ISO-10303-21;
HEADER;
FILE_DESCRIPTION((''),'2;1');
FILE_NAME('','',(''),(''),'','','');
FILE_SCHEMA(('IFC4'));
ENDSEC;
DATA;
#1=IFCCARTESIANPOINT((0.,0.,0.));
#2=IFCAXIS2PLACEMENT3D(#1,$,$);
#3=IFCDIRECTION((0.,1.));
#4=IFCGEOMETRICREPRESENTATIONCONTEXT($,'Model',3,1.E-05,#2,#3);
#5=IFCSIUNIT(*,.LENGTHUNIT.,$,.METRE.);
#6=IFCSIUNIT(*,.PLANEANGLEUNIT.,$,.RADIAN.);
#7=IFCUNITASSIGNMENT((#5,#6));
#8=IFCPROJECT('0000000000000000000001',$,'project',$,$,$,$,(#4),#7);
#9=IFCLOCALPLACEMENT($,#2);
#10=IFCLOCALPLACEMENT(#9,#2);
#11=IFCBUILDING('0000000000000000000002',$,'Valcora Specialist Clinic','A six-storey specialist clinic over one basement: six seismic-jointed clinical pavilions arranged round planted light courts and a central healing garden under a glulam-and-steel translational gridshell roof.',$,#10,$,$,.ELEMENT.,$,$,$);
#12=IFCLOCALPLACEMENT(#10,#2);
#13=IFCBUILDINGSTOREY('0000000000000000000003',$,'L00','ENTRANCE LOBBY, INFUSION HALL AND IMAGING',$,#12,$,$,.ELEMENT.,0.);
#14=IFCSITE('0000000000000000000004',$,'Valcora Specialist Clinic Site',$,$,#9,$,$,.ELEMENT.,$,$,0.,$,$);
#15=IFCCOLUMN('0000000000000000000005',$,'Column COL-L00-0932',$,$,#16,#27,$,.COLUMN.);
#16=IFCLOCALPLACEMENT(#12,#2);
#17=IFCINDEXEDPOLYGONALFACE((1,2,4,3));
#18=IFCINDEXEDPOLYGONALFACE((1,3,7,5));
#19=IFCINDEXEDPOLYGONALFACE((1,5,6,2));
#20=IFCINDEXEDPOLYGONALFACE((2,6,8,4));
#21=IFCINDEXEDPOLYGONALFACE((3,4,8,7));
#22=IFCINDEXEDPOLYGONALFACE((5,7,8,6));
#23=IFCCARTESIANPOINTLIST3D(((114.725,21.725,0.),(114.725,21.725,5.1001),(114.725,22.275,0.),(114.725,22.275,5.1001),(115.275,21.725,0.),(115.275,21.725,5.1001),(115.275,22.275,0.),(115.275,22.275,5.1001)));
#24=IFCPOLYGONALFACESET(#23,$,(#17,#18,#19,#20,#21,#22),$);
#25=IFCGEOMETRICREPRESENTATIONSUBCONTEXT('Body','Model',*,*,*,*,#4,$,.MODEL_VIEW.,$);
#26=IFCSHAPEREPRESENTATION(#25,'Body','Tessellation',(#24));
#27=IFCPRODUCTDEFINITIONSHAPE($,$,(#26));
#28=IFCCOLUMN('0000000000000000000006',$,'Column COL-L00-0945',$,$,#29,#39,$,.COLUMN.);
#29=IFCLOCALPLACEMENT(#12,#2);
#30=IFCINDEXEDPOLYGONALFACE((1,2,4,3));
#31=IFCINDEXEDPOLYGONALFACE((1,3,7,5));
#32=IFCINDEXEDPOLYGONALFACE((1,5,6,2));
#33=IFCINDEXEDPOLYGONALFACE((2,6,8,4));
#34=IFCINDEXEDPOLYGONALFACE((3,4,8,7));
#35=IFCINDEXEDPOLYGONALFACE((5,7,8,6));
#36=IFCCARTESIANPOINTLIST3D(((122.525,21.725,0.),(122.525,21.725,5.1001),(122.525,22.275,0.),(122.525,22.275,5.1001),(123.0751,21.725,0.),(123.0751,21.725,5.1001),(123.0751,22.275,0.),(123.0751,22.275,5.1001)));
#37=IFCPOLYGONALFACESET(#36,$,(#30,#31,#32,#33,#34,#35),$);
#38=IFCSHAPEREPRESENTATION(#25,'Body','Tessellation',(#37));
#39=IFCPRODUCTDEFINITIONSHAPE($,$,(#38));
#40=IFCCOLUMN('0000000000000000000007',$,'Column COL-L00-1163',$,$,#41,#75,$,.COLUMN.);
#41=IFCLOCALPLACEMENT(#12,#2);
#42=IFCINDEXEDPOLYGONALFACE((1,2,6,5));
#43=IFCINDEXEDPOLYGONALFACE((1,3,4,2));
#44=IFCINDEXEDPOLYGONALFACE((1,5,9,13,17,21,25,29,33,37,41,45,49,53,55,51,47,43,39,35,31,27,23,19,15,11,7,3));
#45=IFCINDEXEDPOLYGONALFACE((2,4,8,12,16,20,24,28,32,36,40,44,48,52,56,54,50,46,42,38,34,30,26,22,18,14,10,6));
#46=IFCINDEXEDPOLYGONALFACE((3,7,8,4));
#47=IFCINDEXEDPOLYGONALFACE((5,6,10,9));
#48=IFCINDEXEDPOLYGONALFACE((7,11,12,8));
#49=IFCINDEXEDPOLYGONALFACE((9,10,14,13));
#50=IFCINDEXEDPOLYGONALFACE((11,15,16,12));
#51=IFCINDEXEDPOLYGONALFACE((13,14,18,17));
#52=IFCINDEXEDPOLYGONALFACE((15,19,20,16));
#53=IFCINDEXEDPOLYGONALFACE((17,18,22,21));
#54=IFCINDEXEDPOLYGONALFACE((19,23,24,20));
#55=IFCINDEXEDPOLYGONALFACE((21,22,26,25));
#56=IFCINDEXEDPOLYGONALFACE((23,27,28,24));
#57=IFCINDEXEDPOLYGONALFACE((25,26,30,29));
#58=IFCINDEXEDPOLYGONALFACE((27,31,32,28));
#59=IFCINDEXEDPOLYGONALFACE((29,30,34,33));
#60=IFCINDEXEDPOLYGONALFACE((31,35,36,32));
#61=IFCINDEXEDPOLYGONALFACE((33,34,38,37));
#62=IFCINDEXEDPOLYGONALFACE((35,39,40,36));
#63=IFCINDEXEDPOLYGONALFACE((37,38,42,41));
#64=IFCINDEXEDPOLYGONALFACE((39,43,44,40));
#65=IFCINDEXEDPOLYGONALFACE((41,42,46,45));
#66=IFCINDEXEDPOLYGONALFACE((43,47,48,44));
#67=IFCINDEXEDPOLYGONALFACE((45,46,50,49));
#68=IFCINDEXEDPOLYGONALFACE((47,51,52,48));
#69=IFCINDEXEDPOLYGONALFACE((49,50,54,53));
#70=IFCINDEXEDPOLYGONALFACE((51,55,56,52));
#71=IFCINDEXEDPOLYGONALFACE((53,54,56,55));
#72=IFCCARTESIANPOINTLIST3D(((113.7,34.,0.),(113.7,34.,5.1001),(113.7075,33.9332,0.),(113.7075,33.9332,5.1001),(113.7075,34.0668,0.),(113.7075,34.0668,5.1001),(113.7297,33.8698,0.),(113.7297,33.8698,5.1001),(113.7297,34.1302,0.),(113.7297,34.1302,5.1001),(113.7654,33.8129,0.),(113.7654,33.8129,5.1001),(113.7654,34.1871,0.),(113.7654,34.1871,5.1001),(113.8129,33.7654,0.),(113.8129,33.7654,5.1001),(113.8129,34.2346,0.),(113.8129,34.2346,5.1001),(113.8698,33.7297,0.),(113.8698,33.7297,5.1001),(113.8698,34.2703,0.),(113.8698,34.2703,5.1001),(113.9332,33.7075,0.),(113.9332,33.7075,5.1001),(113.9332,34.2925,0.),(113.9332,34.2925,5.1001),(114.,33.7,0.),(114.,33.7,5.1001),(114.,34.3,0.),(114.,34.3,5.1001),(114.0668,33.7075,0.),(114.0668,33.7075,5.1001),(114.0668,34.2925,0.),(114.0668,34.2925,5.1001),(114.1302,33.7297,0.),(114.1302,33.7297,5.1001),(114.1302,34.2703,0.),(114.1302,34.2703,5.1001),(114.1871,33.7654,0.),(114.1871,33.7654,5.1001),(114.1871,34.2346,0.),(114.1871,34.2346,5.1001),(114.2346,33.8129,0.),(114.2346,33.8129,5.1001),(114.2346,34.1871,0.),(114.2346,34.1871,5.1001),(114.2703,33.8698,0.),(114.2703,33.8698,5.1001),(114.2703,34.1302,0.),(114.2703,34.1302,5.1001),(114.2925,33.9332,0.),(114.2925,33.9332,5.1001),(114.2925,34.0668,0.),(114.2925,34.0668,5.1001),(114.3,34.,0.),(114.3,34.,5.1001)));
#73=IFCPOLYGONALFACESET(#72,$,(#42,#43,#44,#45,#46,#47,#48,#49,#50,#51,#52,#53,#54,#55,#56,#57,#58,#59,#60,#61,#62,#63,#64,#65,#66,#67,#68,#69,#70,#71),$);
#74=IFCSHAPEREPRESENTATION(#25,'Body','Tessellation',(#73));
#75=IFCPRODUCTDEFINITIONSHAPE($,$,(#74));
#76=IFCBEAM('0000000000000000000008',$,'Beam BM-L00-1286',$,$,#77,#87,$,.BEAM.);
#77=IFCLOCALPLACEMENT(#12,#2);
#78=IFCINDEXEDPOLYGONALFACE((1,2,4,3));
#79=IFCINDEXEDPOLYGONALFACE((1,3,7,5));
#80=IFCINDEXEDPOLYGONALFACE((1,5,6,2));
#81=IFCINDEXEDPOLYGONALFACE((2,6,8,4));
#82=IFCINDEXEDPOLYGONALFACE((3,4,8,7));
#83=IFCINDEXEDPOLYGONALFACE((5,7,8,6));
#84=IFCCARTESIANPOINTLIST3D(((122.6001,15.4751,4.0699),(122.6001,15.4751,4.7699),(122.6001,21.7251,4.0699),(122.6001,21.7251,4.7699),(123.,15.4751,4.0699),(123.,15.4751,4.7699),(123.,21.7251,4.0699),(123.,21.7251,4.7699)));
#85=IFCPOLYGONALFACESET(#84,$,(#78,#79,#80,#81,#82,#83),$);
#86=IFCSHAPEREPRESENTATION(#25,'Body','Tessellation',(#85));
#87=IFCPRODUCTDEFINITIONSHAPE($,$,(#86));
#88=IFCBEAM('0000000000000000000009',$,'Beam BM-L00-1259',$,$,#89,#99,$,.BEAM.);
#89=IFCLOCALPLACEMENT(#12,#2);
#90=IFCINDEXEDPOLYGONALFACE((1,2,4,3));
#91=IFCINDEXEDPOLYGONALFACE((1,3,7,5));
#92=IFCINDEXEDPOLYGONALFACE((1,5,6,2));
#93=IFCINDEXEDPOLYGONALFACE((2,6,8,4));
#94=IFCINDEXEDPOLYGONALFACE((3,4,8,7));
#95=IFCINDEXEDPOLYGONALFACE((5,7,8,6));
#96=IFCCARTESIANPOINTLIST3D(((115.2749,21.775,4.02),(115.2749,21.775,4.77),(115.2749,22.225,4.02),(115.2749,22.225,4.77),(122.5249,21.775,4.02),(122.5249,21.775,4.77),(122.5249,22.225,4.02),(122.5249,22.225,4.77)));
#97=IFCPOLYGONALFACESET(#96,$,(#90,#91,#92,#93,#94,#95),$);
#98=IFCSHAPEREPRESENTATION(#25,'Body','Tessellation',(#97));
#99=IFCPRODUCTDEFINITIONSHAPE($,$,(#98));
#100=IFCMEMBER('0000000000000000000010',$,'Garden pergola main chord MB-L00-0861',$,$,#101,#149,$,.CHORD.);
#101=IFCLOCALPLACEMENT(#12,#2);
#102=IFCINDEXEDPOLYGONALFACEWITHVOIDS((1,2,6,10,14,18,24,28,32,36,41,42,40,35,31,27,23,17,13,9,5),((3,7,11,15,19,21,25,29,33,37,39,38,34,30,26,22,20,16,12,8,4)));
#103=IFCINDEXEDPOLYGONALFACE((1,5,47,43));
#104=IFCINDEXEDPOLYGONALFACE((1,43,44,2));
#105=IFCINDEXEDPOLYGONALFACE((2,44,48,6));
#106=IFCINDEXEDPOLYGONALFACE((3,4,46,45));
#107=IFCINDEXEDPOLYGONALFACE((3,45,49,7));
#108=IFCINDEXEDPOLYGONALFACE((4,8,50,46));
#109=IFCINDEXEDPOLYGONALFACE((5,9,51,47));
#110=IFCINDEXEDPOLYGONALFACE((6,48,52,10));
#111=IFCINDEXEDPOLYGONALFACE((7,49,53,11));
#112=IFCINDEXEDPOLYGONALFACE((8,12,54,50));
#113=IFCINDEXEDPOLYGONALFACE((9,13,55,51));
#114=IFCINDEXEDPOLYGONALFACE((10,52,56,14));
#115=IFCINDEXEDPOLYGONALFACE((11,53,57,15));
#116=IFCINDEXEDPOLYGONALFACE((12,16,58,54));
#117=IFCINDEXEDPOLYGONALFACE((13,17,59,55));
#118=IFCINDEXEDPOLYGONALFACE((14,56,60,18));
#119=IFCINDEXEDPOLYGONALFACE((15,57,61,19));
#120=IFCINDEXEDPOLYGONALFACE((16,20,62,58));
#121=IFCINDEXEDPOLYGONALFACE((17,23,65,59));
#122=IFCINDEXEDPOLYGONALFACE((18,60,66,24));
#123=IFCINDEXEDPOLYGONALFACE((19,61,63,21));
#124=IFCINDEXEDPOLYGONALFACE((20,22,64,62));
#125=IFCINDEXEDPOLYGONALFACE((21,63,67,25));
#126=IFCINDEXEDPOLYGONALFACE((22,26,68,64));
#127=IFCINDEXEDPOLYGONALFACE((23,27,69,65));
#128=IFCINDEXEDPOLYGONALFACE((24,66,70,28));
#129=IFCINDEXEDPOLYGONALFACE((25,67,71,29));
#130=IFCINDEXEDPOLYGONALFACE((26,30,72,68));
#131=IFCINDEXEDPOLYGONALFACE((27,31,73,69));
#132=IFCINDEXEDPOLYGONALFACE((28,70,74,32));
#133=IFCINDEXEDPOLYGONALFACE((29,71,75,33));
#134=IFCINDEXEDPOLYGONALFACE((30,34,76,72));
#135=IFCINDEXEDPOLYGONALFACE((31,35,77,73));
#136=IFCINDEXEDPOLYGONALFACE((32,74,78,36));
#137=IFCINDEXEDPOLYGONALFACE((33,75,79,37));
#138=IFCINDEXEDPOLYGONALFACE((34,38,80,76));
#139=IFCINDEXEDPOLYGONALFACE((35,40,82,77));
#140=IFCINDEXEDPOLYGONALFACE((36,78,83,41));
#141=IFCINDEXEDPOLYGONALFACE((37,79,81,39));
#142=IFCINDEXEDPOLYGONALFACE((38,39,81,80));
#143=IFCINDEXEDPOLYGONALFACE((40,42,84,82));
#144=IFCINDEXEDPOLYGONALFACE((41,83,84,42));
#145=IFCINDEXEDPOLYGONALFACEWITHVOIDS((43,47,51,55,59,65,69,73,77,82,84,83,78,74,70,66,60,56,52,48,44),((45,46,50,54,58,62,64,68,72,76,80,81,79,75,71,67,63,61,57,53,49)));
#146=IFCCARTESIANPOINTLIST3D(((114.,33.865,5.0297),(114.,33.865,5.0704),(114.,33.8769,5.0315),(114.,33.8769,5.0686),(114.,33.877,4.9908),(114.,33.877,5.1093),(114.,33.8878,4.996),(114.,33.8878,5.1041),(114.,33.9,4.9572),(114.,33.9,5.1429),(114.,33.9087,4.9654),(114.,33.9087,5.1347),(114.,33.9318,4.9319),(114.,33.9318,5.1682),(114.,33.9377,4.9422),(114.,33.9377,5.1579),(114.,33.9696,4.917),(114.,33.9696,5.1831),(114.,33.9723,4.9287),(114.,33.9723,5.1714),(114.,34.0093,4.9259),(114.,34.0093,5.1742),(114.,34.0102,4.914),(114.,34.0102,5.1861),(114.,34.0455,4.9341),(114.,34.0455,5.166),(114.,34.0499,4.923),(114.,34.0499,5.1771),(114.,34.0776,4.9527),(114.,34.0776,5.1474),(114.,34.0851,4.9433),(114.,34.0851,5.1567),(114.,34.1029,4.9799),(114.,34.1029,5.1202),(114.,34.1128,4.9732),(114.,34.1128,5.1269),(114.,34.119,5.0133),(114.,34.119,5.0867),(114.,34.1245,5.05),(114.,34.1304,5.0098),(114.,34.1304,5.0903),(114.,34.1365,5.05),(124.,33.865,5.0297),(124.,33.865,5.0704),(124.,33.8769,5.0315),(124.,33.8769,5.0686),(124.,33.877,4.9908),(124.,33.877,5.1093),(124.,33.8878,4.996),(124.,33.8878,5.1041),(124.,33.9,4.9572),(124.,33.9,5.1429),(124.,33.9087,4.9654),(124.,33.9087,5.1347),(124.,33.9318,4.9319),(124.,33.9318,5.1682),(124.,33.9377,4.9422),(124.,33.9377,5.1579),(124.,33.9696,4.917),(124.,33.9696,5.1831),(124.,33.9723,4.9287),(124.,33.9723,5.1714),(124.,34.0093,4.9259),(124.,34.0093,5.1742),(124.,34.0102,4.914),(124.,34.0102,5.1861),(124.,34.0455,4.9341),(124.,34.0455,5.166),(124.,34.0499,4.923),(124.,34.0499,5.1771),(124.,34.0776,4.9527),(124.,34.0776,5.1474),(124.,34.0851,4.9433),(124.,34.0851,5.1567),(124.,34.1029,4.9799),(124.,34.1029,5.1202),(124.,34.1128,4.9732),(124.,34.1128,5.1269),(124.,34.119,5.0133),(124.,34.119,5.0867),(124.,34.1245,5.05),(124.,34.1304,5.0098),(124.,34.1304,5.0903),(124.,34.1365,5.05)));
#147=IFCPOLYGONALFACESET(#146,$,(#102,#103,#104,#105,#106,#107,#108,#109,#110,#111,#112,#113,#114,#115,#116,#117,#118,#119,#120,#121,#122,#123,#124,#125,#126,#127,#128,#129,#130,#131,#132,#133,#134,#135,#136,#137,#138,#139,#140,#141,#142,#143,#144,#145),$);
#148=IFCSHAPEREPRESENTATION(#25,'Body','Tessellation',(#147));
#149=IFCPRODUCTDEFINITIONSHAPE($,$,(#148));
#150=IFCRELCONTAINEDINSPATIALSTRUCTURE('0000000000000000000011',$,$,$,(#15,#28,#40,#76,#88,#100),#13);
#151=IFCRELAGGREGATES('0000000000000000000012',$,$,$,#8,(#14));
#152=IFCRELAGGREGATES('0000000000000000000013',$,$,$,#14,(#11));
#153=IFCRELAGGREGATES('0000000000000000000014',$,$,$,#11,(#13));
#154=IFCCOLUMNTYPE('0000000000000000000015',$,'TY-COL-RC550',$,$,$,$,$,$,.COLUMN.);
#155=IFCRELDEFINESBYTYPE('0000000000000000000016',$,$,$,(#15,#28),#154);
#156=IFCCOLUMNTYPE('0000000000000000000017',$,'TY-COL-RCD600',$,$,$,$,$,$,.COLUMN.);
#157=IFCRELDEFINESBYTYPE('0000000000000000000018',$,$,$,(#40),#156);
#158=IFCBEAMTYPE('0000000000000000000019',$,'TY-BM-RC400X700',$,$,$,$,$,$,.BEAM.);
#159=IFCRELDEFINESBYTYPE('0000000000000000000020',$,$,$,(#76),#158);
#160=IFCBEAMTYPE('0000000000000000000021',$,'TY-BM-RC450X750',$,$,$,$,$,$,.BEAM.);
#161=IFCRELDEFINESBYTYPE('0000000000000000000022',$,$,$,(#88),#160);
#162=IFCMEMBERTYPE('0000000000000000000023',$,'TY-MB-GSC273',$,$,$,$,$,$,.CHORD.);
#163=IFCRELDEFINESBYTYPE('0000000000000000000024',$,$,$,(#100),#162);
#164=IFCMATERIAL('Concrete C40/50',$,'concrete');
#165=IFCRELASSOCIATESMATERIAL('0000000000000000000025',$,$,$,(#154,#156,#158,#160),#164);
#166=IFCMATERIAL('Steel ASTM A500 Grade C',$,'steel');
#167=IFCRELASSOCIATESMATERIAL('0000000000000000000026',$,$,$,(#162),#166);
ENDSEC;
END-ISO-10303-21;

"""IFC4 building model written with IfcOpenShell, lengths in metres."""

from ifc_helpers import new_model, si_unit, direction, frame, origin, origin_2d, place, context, subcontext, project, spatial, rectangle, circle, hollow_circle, extrude, material, material_profile, profile_set, type_object, element, save


model = new_model("IFC4")

# Units and contexts
model_context = context("Model", 3, precision=1e-05, world=origin(), true_north=direction((0.0, 1.0)))
body_context = subcontext(model_context, "Body", "Model", "MODEL_VIEW")
ifc_project = project(units=[si_unit("LENGTHUNIT", "METRE"), si_unit("PLANEANGLEUNIT", "RADIAN")], contexts=[model_context])

# Site, building, storey
site_placement = place(None, origin())
site = spatial("IfcSite", under=ifc_project, at=site_placement, Name="Valcora Specialist Clinic Site", CompositionType="ELEMENT", RefElevation=0.0)
building_placement = place(site_placement, origin())
building = spatial("IfcBuilding", under=site, at=building_placement, Name="Valcora Specialist Clinic", Description="A six-storey specialist clinic over one basement: six seismic-jointed clinical pavilions arranged round planted light courts and a central healing garden under a glulam-and-steel translational gridshell roof.", CompositionType="ELEMENT")
storey_placement = place(building_placement, origin())
storey = spatial("IfcBuildingStorey", under=building, at=storey_placement, Name="L00", Description="ENTRANCE LOBBY, INFUSION HALL AND IMAGING", CompositionType="ELEMENT", Elevation=0.0)

# Columns
ifc_material_1 = material(Name="Concrete C40/50", Category="concrete")
ifc_material_profile_1 = material_profile(ifc_material_1, rectangle(XDim=0.55, YDim=0.55, at=origin_2d()), Name="RC-COL-550X550")
ifc_profile_set_1 = profile_set([ifc_material_profile_1], Name="Concrete C40/50")
column_type_1 = type_object("IfcColumnType", Name="TY-COL-RC550", PredefinedType="COLUMN", material=ifc_profile_set_1)
for number, where, z_axis, x_axis, name in (
    (1, (115.0, 22.0, 0.0), (0.0, 0.0, 1.0), (1.0, 0.0, 0.0), "Column COL-L00-0932"),
    (2, (122.8, 22.0, 0.0), (0.0, 0.0, 1.0), (1.0, 0.0, 0.0), "Column COL-L00-0945"),
):
    element("IfcColumn", number, at=place(storey_placement, frame(where, z_axis=z_axis, x_axis=x_axis)), inside=storey, type_object=column_type_1, Name=name, PredefinedType="COLUMN", context=body_context, shape_type="SweptSolid", body=[
        extrude(rectangle(XDim=0.55, YDim=0.55, at=origin_2d()), origin(), (0.0, 0.0, 1.0), 5.1001),
    ])
ifc_material_profile_2 = material_profile(ifc_material_1, circle(Radius=0.3, at=origin_2d()), Name="RC-COL-D600")
ifc_profile_set_2 = profile_set([ifc_material_profile_2], Name="Concrete C40/50")
column_type_2 = type_object("IfcColumnType", Name="TY-COL-RCD600", PredefinedType="COLUMN", material=ifc_profile_set_2)
column_placement = place(storey_placement, frame((114.0, 34.0, 0.0), z_axis=(0.0, 0.0, 1.0), x_axis=(1.0, 0.0, 0.0)))
element("IfcColumn", 3, at=column_placement, inside=storey, type_object=column_type_2, Name="Column COL-L00-1163", PredefinedType="COLUMN", context=body_context, shape_type="SweptSolid", body=[
    extrude(circle(Radius=0.3, at=origin_2d()), origin(), (0.0, 0.0, 1.0), 5.1001),
])

# Beams
ifc_material_profile_3 = material_profile(ifc_material_1, rectangle(XDim=0.3999, YDim=0.7, at=origin_2d()), Name="RC-BM-400X700")
ifc_profile_set_3 = profile_set([ifc_material_profile_3], Name="Concrete C40/50")
beam_type_1 = type_object("IfcBeamType", Name="TY-BM-RC400X700", PredefinedType="BEAM", material=ifc_profile_set_3)
beam_1_placement = place(storey_placement, frame((122.8, 15.4751, 4.4199), z_axis=(0.0, 1.0, 0.0), x_axis=(-1.0, 0.0, 0.0)))
element("IfcBeam", 4, at=beam_1_placement, inside=storey, type_object=beam_type_1, Name="Beam BM-L00-1286", PredefinedType="BEAM", context=body_context, shape_type="SweptSolid", body=[
    extrude(rectangle(XDim=0.3999, YDim=0.7, at=origin_2d()), origin(), (0.0, 0.0, 1.0), 6.25),
])
ifc_material_profile_4 = material_profile(ifc_material_1, rectangle(XDim=0.45, YDim=0.75, at=origin_2d()), Name="RC-BM-450X750")
ifc_profile_set_4 = profile_set([ifc_material_profile_4], Name="Concrete C40/50")
beam_type_2 = type_object("IfcBeamType", Name="TY-BM-RC450X750", PredefinedType="BEAM", material=ifc_profile_set_4)
beam_2_placement = place(storey_placement, frame((115.2749, 22.0, 4.395), z_axis=(1.0, 0.0, 0.0), x_axis=(0.0, 1.0, 0.0)))
element("IfcBeam", 5, at=beam_2_placement, inside=storey, type_object=beam_type_2, Name="Beam BM-L00-1259", PredefinedType="BEAM", context=body_context, shape_type="SweptSolid", body=[
    extrude(rectangle(XDim=0.45, YDim=0.75, at=origin_2d()), origin(), (0.0, 0.0, 1.0), 7.25),
])

# Member
ifc_material_2 = material(Name="Steel ASTM A500 Grade C", Category="steel")
ifc_material_profile_5 = material_profile(ifc_material_2, hollow_circle(Radius=0.1365, WallThickness=0.012, at=origin_2d()), Name="ST-CHS-273X12")
ifc_profile_set_5 = profile_set([ifc_material_profile_5], Name="Steel ASTM A500 Grade C")
member_type_1 = type_object("IfcMemberType", Name="TY-MB-GSC273", PredefinedType="CHORD", material=ifc_profile_set_5)
member_1_placement = place(storey_placement, frame((114.0, 34.0, 5.05), z_axis=(1.0, 0.0, 0.0), x_axis=(0.0, 1.0, 0.0)))
element("IfcMember", 6, at=member_1_placement, inside=storey, type_object=member_type_1, Name="Garden pergola main chord MB-L00-0861", PredefinedType="CHORD", context=body_context, shape_type="SweptSolid", body=[
    extrude(hollow_circle(Radius=0.1365, WallThickness=0.012, at=origin_2d()), origin(), (0.0, 0.0, 1.0), 10.0),
])

save(model, "model.ifc")
